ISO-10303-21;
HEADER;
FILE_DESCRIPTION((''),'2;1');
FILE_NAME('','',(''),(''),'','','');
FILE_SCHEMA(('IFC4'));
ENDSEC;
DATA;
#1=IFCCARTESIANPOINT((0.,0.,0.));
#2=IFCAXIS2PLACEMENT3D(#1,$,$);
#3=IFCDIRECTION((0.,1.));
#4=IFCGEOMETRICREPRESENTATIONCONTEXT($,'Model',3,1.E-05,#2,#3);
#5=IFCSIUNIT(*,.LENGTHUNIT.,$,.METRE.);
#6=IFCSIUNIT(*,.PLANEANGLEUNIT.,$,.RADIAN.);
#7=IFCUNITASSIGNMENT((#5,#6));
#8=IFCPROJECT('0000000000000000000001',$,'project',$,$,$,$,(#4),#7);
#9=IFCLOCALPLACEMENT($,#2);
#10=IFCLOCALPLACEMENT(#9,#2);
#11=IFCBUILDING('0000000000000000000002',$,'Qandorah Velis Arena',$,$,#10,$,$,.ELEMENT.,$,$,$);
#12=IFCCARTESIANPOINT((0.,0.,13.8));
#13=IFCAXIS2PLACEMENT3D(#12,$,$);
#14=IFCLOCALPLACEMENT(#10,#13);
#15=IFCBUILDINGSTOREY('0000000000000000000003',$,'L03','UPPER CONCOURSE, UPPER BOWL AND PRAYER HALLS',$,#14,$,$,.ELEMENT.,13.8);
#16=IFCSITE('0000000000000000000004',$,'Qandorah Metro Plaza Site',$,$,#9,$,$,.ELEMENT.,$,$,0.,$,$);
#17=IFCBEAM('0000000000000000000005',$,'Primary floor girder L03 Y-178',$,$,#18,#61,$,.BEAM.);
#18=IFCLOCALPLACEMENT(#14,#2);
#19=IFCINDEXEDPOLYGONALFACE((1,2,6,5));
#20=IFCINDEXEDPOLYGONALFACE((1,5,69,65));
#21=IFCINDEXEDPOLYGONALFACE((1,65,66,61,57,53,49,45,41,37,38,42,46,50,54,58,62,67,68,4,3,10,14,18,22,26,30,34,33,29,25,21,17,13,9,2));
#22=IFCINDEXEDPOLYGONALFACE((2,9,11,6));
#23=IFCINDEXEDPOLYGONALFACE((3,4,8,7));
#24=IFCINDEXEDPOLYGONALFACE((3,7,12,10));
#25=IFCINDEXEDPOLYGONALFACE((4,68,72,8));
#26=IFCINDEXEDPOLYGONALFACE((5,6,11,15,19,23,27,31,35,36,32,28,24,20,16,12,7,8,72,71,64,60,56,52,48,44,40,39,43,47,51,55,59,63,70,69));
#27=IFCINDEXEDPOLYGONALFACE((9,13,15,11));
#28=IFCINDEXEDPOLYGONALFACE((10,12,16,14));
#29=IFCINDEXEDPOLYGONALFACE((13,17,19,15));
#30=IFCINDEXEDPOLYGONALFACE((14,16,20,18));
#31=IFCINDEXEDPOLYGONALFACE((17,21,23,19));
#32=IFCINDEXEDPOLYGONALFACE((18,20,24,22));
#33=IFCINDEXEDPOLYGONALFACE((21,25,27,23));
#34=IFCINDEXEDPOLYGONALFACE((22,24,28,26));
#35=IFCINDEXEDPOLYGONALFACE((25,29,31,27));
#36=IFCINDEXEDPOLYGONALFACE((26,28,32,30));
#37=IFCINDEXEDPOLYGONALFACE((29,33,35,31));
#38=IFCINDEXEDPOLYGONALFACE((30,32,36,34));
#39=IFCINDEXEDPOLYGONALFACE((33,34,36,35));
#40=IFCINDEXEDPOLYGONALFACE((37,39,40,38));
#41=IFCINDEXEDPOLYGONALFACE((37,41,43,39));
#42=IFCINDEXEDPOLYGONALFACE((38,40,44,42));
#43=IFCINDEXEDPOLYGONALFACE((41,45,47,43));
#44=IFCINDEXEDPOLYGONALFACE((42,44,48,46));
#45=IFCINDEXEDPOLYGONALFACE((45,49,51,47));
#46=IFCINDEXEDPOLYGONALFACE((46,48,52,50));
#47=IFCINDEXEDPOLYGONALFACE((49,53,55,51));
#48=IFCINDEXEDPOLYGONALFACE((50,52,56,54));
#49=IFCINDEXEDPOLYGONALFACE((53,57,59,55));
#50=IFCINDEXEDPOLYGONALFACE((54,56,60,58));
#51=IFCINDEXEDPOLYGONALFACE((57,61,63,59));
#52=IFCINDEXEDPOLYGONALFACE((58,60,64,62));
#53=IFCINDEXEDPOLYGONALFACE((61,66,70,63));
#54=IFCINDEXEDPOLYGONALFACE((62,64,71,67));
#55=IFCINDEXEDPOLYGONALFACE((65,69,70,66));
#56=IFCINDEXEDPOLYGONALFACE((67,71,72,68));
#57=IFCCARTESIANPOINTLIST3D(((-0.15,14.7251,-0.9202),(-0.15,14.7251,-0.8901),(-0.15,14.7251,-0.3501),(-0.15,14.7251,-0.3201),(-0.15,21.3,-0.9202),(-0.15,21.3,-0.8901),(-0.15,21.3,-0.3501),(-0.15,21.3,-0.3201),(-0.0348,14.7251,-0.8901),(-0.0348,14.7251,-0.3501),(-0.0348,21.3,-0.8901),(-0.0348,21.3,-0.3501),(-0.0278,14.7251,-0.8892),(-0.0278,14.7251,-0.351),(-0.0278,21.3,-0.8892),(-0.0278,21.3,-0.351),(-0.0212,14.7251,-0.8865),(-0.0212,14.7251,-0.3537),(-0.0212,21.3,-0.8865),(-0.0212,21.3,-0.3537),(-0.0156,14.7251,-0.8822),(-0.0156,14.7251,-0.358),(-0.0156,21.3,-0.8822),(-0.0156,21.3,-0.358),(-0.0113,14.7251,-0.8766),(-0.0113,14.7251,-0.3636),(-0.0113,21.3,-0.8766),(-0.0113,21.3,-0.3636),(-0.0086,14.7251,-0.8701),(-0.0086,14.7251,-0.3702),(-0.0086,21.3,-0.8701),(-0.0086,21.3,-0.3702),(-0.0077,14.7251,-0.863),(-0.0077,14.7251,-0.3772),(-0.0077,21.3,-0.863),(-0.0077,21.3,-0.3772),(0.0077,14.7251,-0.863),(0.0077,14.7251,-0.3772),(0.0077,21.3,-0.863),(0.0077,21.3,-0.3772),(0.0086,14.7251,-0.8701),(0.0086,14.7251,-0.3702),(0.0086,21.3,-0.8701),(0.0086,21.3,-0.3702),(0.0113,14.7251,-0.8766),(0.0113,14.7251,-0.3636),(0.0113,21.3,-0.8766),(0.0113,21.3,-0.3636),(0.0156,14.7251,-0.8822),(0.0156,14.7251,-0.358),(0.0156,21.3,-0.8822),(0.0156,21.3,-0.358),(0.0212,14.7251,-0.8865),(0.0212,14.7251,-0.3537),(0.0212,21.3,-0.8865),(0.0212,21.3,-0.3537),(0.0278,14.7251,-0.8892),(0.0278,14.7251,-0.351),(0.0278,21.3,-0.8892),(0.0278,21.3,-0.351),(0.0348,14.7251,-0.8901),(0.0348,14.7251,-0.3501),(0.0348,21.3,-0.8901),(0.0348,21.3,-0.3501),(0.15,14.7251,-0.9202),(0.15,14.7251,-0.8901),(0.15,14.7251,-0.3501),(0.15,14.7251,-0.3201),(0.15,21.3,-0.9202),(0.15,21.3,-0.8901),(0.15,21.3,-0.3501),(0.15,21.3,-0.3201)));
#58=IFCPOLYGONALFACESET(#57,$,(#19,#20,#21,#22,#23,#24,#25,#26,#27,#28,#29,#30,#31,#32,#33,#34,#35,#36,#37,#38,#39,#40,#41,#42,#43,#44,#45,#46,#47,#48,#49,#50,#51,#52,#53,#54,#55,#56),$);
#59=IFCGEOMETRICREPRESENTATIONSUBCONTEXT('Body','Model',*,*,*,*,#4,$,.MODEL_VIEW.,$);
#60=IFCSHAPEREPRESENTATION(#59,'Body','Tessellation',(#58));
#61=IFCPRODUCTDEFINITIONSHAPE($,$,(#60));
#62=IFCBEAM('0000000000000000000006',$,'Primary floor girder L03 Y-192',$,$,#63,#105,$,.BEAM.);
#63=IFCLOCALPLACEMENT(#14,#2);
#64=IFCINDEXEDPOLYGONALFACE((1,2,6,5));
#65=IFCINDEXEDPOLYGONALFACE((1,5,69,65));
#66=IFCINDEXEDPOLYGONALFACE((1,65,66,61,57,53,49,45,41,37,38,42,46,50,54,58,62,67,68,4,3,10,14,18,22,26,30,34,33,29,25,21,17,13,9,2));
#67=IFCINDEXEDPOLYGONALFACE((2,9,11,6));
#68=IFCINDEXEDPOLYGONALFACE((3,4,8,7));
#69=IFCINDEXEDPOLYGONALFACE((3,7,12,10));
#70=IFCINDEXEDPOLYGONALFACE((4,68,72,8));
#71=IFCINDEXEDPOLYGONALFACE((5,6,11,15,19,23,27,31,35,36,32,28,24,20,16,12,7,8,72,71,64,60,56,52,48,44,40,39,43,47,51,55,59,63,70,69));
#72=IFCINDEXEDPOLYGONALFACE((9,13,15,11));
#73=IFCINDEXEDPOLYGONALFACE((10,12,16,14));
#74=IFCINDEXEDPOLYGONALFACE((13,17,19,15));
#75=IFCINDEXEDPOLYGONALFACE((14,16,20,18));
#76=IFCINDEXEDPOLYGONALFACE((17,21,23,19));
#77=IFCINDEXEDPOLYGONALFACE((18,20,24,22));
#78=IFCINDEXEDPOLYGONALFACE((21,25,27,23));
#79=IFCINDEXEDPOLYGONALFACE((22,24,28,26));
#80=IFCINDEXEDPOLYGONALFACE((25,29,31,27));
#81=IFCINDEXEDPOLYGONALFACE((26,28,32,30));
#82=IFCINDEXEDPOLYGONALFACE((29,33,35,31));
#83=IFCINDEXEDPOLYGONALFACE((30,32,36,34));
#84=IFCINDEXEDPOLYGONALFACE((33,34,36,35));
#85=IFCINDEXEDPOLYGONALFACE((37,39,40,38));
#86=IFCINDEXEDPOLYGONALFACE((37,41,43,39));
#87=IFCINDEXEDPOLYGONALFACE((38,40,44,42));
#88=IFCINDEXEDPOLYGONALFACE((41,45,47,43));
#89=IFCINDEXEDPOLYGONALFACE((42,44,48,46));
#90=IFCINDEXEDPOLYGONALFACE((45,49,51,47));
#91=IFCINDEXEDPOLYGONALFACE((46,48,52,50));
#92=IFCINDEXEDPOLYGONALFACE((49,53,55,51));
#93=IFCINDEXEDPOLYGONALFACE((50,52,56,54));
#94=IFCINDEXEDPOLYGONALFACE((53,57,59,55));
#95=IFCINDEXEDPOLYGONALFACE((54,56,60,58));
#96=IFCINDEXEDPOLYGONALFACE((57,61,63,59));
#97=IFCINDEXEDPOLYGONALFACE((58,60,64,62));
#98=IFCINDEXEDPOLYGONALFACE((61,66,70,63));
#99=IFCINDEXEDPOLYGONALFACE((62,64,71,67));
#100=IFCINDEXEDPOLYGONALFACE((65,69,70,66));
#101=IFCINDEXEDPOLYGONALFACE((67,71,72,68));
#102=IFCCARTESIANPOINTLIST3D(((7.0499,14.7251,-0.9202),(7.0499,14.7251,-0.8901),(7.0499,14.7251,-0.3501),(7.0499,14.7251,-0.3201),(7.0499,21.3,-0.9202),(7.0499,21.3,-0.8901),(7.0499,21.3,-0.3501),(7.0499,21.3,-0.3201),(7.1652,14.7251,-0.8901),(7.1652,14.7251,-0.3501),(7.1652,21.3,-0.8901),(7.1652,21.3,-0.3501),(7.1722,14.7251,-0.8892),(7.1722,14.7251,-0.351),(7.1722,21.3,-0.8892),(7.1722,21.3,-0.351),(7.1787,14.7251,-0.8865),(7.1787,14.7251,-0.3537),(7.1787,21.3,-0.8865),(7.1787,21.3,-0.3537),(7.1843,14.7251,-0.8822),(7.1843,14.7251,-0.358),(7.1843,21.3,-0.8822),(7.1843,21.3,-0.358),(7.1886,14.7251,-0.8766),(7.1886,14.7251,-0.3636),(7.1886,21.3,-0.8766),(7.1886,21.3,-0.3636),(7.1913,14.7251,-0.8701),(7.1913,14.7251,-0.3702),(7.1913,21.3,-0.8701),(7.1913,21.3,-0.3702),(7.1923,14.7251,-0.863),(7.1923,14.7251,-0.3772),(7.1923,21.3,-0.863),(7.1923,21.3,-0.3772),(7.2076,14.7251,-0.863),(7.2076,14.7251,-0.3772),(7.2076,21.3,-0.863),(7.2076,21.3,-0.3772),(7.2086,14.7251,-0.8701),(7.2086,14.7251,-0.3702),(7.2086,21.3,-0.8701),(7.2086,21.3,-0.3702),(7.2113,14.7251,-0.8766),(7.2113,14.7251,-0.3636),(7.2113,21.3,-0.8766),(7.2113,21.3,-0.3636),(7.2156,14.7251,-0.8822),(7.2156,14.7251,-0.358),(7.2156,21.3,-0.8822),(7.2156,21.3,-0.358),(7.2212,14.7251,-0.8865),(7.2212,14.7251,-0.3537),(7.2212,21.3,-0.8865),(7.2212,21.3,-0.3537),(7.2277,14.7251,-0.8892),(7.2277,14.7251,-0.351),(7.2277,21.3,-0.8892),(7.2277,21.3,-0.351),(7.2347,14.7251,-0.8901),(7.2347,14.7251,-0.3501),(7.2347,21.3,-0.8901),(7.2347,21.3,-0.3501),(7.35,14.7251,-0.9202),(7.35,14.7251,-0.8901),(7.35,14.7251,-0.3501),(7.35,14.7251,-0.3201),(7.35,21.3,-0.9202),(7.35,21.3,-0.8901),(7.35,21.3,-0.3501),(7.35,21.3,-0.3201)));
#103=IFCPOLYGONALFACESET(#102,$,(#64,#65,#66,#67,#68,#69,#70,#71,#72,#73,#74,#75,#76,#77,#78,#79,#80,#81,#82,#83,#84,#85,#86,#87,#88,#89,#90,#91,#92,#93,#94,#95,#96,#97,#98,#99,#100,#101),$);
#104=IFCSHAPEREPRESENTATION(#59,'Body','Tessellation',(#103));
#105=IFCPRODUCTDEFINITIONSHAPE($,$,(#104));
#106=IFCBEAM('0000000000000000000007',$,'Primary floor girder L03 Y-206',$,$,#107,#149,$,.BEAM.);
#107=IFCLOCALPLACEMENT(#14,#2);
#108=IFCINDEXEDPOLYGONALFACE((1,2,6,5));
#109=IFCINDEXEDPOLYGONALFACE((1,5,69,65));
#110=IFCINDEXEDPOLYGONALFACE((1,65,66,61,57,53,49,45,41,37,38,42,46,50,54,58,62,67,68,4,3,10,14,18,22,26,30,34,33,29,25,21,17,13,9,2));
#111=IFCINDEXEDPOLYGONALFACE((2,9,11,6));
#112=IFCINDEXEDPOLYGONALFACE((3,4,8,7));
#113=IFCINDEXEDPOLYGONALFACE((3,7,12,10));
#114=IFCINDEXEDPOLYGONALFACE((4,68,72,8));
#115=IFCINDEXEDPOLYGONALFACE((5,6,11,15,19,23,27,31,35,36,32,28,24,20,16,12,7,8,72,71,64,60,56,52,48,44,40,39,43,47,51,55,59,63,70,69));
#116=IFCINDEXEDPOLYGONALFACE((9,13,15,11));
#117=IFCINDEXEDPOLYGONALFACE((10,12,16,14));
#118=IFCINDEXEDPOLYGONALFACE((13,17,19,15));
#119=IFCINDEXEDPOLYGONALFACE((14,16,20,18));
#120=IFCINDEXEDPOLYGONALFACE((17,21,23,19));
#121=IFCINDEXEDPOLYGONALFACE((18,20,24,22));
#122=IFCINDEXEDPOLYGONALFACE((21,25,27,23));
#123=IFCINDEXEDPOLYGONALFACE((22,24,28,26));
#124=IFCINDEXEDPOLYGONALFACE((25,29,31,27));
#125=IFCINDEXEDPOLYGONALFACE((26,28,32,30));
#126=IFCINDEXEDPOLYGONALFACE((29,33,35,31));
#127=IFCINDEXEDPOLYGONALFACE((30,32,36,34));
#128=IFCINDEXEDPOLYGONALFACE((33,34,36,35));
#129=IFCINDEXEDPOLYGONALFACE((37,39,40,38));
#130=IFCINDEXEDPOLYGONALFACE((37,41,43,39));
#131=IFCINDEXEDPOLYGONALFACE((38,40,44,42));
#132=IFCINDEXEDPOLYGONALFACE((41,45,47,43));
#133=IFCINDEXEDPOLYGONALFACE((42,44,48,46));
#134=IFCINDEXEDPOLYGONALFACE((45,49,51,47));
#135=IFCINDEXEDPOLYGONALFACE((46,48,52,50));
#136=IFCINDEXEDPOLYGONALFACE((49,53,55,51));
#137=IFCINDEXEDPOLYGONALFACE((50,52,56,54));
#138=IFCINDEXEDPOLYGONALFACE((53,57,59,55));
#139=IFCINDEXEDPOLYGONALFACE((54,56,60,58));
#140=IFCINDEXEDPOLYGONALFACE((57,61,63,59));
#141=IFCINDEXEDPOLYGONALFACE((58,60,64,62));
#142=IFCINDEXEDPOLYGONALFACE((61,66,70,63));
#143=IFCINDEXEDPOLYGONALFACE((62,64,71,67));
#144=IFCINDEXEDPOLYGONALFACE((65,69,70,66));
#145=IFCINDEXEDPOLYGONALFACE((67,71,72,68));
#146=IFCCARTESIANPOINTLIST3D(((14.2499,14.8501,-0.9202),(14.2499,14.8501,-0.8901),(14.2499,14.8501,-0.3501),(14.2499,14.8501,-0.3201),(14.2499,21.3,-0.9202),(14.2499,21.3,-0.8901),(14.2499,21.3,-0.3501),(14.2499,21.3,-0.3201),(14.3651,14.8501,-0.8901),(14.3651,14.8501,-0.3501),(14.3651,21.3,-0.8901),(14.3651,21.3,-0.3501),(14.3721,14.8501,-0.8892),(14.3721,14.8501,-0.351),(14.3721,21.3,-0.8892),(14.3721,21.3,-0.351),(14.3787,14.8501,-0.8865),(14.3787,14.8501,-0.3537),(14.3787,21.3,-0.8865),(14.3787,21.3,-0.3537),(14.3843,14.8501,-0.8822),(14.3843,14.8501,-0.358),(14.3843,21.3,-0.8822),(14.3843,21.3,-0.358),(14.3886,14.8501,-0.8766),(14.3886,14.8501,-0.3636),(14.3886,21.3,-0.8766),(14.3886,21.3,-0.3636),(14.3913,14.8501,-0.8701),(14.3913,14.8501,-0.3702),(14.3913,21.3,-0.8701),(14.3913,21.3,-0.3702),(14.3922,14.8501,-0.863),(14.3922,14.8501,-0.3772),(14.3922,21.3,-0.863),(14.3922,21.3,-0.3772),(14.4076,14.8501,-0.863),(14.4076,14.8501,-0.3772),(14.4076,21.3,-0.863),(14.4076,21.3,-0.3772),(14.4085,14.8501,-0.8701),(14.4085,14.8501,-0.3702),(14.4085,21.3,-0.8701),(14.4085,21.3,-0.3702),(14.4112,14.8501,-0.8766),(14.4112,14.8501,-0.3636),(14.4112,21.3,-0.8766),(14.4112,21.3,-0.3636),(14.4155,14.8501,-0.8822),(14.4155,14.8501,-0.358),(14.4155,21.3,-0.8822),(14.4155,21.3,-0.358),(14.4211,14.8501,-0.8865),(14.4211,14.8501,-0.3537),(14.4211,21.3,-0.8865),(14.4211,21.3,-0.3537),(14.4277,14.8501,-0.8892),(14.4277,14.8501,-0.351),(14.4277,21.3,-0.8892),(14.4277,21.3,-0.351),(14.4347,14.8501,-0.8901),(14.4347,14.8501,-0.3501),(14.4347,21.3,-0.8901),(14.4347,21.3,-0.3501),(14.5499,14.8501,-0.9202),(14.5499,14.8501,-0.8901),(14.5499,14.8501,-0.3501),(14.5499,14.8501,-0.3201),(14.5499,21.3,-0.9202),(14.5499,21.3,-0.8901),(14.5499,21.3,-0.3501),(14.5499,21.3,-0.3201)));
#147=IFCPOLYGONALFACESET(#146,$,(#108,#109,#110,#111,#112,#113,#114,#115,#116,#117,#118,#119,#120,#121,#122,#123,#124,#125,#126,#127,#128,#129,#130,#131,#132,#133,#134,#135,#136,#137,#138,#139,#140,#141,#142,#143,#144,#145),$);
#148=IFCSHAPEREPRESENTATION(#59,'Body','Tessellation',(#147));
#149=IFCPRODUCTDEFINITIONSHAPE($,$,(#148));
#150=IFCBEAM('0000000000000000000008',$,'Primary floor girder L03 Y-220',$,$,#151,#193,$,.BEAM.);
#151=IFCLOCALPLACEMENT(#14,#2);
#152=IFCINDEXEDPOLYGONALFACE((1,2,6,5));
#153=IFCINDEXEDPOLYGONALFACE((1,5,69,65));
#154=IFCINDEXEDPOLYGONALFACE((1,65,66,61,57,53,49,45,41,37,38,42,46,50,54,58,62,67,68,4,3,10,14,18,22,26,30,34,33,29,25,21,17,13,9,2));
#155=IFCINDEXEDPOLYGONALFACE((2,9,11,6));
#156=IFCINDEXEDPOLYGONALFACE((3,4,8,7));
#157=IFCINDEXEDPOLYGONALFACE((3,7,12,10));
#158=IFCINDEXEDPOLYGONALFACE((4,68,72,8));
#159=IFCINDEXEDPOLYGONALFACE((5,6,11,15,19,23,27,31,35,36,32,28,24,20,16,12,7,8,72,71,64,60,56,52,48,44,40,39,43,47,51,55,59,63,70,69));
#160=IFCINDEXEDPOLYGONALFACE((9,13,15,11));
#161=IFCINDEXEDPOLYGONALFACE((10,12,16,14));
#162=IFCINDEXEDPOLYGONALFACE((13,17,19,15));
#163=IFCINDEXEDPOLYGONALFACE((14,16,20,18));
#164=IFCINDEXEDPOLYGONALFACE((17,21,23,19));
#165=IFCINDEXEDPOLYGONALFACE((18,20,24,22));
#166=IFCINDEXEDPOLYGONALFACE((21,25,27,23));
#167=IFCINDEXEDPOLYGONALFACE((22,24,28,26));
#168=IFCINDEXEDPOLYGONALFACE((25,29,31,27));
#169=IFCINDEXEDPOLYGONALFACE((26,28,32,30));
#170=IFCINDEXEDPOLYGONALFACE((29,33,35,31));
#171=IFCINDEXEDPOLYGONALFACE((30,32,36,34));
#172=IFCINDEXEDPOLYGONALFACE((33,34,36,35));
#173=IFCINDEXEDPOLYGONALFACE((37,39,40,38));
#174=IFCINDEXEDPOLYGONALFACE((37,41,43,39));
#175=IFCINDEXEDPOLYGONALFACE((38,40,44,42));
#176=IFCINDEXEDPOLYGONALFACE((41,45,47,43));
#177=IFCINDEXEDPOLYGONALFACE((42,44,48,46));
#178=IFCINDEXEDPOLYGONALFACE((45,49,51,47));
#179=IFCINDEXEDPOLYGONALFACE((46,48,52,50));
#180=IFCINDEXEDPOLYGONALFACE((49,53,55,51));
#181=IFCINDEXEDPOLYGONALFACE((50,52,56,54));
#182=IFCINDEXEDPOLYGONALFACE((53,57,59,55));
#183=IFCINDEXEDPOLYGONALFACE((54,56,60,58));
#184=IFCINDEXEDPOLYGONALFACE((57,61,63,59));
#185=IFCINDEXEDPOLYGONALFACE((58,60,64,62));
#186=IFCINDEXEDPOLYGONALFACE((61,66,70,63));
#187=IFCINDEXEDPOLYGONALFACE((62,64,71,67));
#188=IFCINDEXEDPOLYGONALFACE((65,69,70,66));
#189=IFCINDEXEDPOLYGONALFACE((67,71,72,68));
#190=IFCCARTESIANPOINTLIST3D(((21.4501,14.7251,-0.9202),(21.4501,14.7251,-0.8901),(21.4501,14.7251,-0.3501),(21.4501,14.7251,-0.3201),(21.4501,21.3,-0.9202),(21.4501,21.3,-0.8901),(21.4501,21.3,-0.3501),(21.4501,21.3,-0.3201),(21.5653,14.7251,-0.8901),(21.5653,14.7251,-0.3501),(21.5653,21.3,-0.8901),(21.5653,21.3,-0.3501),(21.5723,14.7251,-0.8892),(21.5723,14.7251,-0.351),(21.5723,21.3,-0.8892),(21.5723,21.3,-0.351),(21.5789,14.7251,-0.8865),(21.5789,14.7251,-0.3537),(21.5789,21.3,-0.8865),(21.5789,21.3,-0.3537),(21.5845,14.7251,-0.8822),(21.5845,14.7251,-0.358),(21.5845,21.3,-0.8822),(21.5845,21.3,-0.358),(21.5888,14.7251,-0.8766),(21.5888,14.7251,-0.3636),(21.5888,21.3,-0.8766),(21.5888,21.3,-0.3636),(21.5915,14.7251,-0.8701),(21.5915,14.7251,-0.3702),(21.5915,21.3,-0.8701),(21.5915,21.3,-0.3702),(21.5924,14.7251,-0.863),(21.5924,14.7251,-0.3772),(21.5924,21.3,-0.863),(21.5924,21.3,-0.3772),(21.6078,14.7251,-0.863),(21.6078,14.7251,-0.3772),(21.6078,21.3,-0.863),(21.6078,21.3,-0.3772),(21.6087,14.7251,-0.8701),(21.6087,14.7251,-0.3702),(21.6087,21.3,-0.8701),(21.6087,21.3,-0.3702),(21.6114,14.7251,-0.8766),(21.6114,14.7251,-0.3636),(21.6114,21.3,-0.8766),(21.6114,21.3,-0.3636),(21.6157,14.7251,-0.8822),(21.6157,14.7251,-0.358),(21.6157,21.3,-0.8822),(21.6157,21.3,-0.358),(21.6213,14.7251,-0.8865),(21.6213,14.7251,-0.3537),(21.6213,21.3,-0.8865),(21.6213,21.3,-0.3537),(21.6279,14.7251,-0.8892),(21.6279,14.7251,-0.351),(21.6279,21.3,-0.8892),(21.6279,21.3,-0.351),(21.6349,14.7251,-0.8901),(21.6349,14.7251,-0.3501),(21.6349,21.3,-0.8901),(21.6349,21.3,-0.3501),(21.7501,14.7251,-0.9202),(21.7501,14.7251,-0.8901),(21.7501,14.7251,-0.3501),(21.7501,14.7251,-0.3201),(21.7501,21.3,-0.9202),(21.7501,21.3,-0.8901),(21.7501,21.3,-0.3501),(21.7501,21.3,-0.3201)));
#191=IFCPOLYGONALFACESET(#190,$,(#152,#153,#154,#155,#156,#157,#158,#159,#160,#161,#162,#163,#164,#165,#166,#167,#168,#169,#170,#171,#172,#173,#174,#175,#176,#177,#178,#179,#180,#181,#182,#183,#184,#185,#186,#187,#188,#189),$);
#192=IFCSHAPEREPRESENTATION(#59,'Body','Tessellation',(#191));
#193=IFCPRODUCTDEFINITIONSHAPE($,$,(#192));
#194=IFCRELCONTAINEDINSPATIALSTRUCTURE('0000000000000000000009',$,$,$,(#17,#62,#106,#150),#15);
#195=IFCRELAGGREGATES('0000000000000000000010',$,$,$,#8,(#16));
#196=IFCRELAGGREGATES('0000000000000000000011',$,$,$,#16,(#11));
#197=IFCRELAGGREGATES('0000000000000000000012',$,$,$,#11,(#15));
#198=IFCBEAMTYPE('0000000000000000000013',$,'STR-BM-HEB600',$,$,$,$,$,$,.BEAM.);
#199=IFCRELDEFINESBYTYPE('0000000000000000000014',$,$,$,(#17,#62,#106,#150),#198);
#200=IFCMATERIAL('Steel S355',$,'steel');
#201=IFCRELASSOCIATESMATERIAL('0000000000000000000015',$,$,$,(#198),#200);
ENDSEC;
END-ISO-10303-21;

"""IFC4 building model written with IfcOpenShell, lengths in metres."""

from ifc_helpers import new_model, si_unit, direction, frame, origin, origin_2d, place, context, subcontext, project, spatial, i_section, extrude, material, material_profile, profile_set, type_object, element, save


model = new_model("IFC4")

# Units and contexts
model_context = context("Model", 3, precision=1e-05, world=origin(), true_north=direction((0.0, 1.0)))
body_context = subcontext(model_context, "Body", "Model", "MODEL_VIEW")
ifc_project = project(units=[si_unit("LENGTHUNIT", "METRE"), si_unit("PLANEANGLEUNIT", "RADIAN")], contexts=[model_context])

# Site, building, storey
site_placement = place(None, origin())
site = spatial("IfcSite", under=ifc_project, at=site_placement, Name="Qandorah Metro Plaza Site", CompositionType="ELEMENT", RefElevation=0.0)
building_placement = place(site_placement, origin())
building = spatial("IfcBuilding", under=site, at=building_placement, Name="Qandorah Velis Arena", CompositionType="ELEMENT")
storey_placement = place(building_placement, frame((0.0, 0.0, 13.8)))
storey = spatial("IfcBuildingStorey", under=building, at=storey_placement, Name="L03", Description="UPPER CONCOURSE, UPPER BOWL AND PRAYER HALLS", CompositionType="ELEMENT", Elevation=13.8)

# Beams
ifc_material_1 = material(Name="Steel S355", Category="steel")
ifc_material_profile_1 = material_profile(ifc_material_1, i_section(OverallWidth=0.3, OverallDepth=0.6001, WebThickness=0.0154, FlangeThickness=0.03, FilletRadius=0.0271, at=origin_2d()), Name="HEB 600")
ifc_profile_set_1 = profile_set([ifc_material_profile_1], Name="Steel S355")
beam_type_1 = type_object("IfcBeamType", Name="STR-BM-HEB600", PredefinedType="BEAM", material=ifc_profile_set_1)
for number, where, z_axis, x_axis, name in (
    (1, (0.0, 14.7251, -0.6201), (0.0, 1.0, 0.0), (-1.0, 0.0, 0.0), "Primary floor girder L03 Y-178"),
    (2, (7.2, 14.7251, -0.6201), (0.0, 1.0, 0.0), (-1.0, 0.0, 0.0), "Primary floor girder L03 Y-192"),
):
    element("IfcBeam", number, at=place(storey_placement, frame(where, z_axis=z_axis, x_axis=x_axis)), inside=storey, type_object=beam_type_1, Name=name, PredefinedType="BEAM", context=body_context, shape_type="SweptSolid", body=[
        extrude(i_section(OverallWidth=0.3, OverallDepth=0.6001, WebThickness=0.0154, FlangeThickness=0.03, FilletRadius=0.0271, at=origin_2d()), origin(), (0.0, 0.0, 1.0), 6.575),
    ])
beam_1_placement = place(storey_placement, frame((14.3999, 14.8501, -0.6201), z_axis=(0.0, 1.0, 0.0), x_axis=(-1.0, 0.0, 0.0)))
element("IfcBeam", 3, at=beam_1_placement, inside=storey, type_object=beam_type_1, Name="Primary floor girder L03 Y-206", PredefinedType="BEAM", context=body_context, shape_type="SweptSolid", body=[
    extrude(i_section(OverallWidth=0.3, OverallDepth=0.6001, WebThickness=0.0154, FlangeThickness=0.03, FilletRadius=0.0271, at=origin_2d()), origin(), (0.0, 0.0, 1.0), 6.45),
])
beam_2_placement = place(storey_placement, frame((21.6001, 14.7251, -0.6201), z_axis=(0.0, 1.0, 0.0), x_axis=(-1.0, 0.0, 0.0)))
element("IfcBeam", 4, at=beam_2_placement, inside=storey, type_object=beam_type_1, Name="Primary floor girder L03 Y-220", PredefinedType="BEAM", context=body_context, shape_type="SweptSolid", body=[
    extrude(i_section(OverallWidth=0.3, OverallDepth=0.6001, WebThickness=0.0154, FlangeThickness=0.03, FilletRadius=0.0271, at=origin_2d()), origin(), (0.0, 0.0, 1.0), 6.575),
])

save(model, "model.ifc")
